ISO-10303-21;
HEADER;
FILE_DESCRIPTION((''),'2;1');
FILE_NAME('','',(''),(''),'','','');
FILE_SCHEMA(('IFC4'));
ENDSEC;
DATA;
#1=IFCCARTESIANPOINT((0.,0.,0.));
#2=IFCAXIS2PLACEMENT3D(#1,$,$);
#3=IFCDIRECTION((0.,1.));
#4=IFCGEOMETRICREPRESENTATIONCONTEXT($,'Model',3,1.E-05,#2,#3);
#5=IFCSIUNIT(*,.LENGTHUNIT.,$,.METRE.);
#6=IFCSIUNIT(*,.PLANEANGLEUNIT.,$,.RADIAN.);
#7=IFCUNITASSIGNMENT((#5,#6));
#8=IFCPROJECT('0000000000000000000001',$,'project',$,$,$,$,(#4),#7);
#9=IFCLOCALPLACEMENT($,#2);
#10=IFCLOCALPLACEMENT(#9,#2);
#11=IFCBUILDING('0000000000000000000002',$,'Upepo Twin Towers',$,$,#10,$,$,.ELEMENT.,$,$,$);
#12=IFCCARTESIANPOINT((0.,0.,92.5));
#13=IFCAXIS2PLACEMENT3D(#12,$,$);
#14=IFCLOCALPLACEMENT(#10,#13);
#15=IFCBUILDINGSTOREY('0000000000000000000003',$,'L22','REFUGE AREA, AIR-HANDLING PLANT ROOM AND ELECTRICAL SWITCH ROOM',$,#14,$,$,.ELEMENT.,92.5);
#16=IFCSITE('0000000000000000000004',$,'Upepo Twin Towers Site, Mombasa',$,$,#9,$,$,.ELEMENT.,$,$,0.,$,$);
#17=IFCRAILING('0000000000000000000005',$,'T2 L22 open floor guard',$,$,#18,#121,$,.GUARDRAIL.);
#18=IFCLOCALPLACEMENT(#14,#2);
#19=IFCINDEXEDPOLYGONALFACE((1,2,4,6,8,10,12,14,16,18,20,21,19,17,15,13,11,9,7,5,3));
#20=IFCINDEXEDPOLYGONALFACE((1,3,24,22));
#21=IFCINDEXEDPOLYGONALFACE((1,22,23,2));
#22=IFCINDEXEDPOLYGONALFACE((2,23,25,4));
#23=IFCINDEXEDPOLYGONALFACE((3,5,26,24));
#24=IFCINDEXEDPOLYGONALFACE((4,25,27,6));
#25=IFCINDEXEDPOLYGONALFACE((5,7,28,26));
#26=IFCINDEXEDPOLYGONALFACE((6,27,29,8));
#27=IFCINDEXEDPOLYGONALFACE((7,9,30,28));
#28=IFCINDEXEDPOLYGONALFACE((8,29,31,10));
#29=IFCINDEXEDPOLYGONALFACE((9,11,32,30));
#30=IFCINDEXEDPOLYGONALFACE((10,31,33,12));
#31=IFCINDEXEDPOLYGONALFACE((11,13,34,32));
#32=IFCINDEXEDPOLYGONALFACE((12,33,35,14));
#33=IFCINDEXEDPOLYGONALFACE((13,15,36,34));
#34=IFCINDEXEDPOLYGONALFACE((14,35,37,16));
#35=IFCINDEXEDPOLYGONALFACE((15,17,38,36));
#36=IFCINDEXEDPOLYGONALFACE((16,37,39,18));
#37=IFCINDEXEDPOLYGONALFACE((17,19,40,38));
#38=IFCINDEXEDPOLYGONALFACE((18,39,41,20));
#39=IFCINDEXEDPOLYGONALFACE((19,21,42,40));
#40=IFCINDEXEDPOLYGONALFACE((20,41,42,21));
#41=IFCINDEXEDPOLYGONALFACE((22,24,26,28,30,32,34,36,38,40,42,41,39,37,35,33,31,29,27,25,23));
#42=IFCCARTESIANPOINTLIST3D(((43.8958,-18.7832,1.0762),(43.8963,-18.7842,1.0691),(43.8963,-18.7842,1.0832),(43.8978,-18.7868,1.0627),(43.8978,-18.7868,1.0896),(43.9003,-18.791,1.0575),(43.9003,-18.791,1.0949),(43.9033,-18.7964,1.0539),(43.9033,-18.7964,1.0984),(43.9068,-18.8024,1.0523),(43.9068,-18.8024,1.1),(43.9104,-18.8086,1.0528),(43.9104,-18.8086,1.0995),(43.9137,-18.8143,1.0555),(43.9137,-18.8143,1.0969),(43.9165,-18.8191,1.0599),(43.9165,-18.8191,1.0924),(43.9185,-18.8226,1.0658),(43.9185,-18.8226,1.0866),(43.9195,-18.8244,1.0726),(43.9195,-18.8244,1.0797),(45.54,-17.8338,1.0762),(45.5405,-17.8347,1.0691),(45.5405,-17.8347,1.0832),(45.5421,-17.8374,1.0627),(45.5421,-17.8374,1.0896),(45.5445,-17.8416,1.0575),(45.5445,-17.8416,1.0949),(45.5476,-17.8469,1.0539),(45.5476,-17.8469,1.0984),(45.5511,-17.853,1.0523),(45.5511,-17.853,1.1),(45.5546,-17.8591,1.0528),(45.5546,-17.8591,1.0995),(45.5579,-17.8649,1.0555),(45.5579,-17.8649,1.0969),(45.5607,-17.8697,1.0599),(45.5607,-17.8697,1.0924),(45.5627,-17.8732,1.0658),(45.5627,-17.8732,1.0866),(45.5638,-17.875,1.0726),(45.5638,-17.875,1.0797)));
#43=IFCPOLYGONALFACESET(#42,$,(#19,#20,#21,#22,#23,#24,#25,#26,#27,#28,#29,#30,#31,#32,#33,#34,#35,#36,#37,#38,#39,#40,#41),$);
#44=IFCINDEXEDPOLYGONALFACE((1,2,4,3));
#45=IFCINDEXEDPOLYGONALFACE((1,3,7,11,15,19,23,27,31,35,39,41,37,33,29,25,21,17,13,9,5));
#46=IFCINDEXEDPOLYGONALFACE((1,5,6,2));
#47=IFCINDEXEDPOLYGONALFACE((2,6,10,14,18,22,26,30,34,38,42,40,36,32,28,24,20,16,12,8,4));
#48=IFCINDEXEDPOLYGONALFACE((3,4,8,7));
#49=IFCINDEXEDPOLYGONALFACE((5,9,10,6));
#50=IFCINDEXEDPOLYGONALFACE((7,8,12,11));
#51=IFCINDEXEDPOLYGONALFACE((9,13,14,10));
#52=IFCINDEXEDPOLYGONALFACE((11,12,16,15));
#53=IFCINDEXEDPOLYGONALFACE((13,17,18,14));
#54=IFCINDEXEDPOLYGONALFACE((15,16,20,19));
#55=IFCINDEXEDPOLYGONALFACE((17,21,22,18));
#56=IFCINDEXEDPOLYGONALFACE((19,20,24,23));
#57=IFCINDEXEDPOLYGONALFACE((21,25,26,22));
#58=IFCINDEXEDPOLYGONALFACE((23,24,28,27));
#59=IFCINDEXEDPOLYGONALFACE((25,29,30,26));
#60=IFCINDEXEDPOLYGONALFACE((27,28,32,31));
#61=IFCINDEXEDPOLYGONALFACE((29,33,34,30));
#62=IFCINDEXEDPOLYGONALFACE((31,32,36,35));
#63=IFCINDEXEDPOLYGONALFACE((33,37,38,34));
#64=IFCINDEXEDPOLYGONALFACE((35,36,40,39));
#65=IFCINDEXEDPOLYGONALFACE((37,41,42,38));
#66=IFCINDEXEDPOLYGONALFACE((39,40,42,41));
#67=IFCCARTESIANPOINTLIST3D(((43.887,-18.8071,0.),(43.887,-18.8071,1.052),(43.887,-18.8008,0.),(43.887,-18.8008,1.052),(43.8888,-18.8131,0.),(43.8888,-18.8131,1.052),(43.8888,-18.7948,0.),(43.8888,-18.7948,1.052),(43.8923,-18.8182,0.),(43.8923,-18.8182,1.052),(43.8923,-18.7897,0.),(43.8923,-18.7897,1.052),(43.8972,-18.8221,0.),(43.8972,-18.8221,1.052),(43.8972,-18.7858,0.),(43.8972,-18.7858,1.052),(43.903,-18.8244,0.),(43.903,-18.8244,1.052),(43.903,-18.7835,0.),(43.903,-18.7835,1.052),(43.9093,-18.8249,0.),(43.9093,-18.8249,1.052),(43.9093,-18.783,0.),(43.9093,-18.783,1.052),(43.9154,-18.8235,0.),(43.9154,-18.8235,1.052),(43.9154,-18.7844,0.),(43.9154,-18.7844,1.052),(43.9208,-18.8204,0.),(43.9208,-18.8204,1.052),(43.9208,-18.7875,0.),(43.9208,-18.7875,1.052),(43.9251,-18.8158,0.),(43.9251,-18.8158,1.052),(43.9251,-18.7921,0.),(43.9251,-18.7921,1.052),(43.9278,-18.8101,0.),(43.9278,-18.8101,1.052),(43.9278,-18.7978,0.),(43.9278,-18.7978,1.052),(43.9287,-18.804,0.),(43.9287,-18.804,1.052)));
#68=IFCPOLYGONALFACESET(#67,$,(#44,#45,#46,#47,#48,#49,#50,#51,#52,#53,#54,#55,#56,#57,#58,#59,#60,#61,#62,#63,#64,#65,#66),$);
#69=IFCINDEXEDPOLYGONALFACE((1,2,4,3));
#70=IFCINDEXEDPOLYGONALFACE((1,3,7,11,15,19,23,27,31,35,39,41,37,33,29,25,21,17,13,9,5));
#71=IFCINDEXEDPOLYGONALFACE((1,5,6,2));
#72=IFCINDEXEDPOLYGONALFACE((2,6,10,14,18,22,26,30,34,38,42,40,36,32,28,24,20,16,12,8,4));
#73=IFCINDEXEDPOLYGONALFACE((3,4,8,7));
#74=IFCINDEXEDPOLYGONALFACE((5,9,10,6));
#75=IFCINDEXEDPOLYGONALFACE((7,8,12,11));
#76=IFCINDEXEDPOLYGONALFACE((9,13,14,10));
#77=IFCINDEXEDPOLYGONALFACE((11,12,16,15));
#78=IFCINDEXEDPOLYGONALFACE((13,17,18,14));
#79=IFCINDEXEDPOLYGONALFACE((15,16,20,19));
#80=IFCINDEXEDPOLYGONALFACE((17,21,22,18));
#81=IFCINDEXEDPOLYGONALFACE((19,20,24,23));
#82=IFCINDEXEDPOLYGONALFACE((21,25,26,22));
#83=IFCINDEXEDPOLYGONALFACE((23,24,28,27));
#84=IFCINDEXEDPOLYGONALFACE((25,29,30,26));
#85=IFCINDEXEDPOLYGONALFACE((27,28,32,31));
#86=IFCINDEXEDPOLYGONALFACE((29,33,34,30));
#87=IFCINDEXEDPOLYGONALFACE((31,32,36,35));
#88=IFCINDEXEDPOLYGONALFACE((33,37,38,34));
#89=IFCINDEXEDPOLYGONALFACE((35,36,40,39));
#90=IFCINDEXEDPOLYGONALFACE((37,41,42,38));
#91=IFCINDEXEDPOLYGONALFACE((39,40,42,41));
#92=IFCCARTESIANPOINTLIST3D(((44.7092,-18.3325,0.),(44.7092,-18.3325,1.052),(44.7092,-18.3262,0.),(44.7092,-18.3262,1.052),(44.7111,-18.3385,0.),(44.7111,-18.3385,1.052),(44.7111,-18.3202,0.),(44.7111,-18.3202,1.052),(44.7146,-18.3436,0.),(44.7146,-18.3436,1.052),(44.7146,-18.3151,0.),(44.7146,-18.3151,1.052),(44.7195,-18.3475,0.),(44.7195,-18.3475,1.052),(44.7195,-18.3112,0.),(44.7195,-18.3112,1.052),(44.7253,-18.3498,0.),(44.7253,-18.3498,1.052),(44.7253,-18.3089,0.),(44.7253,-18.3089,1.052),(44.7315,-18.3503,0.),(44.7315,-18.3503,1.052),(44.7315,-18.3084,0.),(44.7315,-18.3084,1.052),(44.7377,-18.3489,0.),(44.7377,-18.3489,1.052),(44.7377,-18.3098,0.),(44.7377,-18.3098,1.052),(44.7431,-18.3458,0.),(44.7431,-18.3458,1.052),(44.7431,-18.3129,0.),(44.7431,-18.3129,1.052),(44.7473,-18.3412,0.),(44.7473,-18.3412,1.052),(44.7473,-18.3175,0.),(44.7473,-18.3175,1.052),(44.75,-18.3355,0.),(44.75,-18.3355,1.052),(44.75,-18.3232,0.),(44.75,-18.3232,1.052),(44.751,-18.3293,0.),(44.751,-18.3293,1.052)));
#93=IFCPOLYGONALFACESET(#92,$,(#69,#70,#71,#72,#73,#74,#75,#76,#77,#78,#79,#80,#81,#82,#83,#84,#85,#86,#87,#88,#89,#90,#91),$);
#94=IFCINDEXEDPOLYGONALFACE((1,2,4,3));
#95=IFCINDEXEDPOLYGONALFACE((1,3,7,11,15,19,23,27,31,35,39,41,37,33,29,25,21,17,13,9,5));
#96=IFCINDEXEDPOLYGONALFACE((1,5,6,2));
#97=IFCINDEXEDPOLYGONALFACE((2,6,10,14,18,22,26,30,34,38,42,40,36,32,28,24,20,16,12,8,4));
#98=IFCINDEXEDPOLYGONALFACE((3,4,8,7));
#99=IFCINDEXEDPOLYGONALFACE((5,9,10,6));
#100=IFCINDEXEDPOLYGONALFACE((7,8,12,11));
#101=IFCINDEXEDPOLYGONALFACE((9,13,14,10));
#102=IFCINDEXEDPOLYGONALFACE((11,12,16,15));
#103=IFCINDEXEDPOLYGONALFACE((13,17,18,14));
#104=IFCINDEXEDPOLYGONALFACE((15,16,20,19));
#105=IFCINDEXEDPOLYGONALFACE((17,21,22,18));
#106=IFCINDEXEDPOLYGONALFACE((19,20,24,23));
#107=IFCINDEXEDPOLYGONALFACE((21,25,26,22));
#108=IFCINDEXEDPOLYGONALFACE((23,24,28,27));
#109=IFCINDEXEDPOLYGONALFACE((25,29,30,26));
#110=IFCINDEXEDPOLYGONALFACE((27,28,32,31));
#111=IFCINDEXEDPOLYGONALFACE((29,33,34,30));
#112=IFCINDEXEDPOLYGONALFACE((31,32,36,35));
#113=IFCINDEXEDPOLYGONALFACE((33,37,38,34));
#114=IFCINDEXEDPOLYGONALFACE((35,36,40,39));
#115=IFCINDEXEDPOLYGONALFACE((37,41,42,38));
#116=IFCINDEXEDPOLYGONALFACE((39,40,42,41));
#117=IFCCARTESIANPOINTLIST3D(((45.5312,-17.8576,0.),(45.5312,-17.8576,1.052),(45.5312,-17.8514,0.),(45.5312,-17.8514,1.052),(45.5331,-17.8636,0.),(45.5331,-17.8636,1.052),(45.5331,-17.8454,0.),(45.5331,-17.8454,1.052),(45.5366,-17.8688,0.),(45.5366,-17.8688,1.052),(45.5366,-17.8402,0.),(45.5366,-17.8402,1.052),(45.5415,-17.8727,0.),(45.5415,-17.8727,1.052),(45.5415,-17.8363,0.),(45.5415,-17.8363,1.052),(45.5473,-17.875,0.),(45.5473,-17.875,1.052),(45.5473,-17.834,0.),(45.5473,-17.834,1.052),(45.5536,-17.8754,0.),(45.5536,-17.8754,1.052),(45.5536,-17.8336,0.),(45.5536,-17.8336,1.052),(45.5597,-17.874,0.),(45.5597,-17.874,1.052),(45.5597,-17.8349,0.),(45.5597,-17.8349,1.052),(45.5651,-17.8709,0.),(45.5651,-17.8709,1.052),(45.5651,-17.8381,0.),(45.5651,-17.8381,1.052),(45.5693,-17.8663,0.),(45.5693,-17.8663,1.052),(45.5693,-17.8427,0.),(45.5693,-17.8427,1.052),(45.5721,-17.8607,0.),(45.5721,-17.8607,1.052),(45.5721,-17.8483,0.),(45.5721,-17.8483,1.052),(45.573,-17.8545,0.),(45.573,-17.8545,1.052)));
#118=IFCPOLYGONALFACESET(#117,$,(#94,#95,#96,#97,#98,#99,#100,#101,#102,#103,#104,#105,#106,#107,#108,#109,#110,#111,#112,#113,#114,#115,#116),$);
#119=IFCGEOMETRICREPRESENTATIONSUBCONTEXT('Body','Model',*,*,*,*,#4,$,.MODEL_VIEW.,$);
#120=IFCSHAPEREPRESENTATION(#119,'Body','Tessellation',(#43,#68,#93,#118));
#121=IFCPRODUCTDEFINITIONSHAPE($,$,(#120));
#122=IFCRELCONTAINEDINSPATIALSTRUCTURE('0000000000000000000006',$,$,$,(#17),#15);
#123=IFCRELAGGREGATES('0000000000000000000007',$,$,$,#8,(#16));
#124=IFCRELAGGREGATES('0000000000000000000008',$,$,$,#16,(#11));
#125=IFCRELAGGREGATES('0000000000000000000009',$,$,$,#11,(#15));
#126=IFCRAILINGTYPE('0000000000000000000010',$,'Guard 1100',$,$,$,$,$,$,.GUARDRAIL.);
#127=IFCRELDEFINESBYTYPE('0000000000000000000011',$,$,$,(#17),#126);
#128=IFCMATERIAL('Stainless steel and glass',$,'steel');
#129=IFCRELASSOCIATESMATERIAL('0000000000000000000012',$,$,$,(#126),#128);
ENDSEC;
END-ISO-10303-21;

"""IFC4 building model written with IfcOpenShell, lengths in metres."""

from ifc_helpers import new_model, si_unit, direction, frame, origin, origin_2d, place, context, subcontext, project, spatial, circle, extrude, material, type_object, element, save


model = new_model("IFC4")

# Units and contexts
model_context = context("Model", 3, precision=1e-05, world=origin(), true_north=direction((0.0, 1.0)))
body_context = subcontext(model_context, "Body", "Model", "MODEL_VIEW")
ifc_project = project(units=[si_unit("LENGTHUNIT", "METRE"), si_unit("PLANEANGLEUNIT", "RADIAN")], contexts=[model_context])

# Site, building, storey
site_placement = place(None, origin())
site = spatial("IfcSite", under=ifc_project, at=site_placement, Name="Upepo Twin Towers Site, Mombasa", CompositionType="ELEMENT", RefElevation=0.0)
building_placement = place(site_placement, origin())
building = spatial("IfcBuilding", under=site, at=building_placement, Name="Upepo Twin Towers", CompositionType="ELEMENT")
storey_placement = place(building_placement, frame((0.0, 0.0, 92.5)))
storey = spatial("IfcBuildingStorey", under=building, at=storey_placement, Name="L22", Description="REFUGE AREA, AIR-HANDLING PLANT ROOM AND ELECTRICAL SWITCH ROOM", CompositionType="ELEMENT", Elevation=92.5)

# Railing
ifc_material_1 = material(Name="Stainless steel and glass", Category="steel")
railing_type = type_object("IfcRailingType", Name="Guard 1100", PredefinedType="GUARDRAIL", material=ifc_material_1)
railing_1_placement = place(storey_placement, frame((43.9077, -18.804, 0.0)))
element("IfcRailing", 1, at=railing_1_placement, inside=storey, type_object=railing_type, Name="T2 L22 open floor guard", PredefinedType="GUARDRAIL", context=body_context, shape_type="SweptSolid", body=[
    extrude(circle(Radius=0.0239, at=origin_2d()), frame((0.0, 0.0, 1.0762), z_axis=(0.865995, 0.500053, 0.0), x_axis=(-0.500053, 0.865995, 0.0)), (0.0, 0.0, 1.0), 1.8987),
    extrude(circle(Radius=0.021, at=origin_2d()), origin(), (0.0, 0.0, 1.0), 1.052),
    extrude(circle(Radius=0.021, at=origin_2d()), frame((0.8223, 0.4746, 0.0)), (0.0, 0.0, 1.0), 1.052),
    extrude(circle(Radius=0.021, at=origin_2d()), frame((1.6443, 0.9495, 0.0)), (0.0, 0.0, 1.0), 1.052),
])

save(model, "model.ifc")
